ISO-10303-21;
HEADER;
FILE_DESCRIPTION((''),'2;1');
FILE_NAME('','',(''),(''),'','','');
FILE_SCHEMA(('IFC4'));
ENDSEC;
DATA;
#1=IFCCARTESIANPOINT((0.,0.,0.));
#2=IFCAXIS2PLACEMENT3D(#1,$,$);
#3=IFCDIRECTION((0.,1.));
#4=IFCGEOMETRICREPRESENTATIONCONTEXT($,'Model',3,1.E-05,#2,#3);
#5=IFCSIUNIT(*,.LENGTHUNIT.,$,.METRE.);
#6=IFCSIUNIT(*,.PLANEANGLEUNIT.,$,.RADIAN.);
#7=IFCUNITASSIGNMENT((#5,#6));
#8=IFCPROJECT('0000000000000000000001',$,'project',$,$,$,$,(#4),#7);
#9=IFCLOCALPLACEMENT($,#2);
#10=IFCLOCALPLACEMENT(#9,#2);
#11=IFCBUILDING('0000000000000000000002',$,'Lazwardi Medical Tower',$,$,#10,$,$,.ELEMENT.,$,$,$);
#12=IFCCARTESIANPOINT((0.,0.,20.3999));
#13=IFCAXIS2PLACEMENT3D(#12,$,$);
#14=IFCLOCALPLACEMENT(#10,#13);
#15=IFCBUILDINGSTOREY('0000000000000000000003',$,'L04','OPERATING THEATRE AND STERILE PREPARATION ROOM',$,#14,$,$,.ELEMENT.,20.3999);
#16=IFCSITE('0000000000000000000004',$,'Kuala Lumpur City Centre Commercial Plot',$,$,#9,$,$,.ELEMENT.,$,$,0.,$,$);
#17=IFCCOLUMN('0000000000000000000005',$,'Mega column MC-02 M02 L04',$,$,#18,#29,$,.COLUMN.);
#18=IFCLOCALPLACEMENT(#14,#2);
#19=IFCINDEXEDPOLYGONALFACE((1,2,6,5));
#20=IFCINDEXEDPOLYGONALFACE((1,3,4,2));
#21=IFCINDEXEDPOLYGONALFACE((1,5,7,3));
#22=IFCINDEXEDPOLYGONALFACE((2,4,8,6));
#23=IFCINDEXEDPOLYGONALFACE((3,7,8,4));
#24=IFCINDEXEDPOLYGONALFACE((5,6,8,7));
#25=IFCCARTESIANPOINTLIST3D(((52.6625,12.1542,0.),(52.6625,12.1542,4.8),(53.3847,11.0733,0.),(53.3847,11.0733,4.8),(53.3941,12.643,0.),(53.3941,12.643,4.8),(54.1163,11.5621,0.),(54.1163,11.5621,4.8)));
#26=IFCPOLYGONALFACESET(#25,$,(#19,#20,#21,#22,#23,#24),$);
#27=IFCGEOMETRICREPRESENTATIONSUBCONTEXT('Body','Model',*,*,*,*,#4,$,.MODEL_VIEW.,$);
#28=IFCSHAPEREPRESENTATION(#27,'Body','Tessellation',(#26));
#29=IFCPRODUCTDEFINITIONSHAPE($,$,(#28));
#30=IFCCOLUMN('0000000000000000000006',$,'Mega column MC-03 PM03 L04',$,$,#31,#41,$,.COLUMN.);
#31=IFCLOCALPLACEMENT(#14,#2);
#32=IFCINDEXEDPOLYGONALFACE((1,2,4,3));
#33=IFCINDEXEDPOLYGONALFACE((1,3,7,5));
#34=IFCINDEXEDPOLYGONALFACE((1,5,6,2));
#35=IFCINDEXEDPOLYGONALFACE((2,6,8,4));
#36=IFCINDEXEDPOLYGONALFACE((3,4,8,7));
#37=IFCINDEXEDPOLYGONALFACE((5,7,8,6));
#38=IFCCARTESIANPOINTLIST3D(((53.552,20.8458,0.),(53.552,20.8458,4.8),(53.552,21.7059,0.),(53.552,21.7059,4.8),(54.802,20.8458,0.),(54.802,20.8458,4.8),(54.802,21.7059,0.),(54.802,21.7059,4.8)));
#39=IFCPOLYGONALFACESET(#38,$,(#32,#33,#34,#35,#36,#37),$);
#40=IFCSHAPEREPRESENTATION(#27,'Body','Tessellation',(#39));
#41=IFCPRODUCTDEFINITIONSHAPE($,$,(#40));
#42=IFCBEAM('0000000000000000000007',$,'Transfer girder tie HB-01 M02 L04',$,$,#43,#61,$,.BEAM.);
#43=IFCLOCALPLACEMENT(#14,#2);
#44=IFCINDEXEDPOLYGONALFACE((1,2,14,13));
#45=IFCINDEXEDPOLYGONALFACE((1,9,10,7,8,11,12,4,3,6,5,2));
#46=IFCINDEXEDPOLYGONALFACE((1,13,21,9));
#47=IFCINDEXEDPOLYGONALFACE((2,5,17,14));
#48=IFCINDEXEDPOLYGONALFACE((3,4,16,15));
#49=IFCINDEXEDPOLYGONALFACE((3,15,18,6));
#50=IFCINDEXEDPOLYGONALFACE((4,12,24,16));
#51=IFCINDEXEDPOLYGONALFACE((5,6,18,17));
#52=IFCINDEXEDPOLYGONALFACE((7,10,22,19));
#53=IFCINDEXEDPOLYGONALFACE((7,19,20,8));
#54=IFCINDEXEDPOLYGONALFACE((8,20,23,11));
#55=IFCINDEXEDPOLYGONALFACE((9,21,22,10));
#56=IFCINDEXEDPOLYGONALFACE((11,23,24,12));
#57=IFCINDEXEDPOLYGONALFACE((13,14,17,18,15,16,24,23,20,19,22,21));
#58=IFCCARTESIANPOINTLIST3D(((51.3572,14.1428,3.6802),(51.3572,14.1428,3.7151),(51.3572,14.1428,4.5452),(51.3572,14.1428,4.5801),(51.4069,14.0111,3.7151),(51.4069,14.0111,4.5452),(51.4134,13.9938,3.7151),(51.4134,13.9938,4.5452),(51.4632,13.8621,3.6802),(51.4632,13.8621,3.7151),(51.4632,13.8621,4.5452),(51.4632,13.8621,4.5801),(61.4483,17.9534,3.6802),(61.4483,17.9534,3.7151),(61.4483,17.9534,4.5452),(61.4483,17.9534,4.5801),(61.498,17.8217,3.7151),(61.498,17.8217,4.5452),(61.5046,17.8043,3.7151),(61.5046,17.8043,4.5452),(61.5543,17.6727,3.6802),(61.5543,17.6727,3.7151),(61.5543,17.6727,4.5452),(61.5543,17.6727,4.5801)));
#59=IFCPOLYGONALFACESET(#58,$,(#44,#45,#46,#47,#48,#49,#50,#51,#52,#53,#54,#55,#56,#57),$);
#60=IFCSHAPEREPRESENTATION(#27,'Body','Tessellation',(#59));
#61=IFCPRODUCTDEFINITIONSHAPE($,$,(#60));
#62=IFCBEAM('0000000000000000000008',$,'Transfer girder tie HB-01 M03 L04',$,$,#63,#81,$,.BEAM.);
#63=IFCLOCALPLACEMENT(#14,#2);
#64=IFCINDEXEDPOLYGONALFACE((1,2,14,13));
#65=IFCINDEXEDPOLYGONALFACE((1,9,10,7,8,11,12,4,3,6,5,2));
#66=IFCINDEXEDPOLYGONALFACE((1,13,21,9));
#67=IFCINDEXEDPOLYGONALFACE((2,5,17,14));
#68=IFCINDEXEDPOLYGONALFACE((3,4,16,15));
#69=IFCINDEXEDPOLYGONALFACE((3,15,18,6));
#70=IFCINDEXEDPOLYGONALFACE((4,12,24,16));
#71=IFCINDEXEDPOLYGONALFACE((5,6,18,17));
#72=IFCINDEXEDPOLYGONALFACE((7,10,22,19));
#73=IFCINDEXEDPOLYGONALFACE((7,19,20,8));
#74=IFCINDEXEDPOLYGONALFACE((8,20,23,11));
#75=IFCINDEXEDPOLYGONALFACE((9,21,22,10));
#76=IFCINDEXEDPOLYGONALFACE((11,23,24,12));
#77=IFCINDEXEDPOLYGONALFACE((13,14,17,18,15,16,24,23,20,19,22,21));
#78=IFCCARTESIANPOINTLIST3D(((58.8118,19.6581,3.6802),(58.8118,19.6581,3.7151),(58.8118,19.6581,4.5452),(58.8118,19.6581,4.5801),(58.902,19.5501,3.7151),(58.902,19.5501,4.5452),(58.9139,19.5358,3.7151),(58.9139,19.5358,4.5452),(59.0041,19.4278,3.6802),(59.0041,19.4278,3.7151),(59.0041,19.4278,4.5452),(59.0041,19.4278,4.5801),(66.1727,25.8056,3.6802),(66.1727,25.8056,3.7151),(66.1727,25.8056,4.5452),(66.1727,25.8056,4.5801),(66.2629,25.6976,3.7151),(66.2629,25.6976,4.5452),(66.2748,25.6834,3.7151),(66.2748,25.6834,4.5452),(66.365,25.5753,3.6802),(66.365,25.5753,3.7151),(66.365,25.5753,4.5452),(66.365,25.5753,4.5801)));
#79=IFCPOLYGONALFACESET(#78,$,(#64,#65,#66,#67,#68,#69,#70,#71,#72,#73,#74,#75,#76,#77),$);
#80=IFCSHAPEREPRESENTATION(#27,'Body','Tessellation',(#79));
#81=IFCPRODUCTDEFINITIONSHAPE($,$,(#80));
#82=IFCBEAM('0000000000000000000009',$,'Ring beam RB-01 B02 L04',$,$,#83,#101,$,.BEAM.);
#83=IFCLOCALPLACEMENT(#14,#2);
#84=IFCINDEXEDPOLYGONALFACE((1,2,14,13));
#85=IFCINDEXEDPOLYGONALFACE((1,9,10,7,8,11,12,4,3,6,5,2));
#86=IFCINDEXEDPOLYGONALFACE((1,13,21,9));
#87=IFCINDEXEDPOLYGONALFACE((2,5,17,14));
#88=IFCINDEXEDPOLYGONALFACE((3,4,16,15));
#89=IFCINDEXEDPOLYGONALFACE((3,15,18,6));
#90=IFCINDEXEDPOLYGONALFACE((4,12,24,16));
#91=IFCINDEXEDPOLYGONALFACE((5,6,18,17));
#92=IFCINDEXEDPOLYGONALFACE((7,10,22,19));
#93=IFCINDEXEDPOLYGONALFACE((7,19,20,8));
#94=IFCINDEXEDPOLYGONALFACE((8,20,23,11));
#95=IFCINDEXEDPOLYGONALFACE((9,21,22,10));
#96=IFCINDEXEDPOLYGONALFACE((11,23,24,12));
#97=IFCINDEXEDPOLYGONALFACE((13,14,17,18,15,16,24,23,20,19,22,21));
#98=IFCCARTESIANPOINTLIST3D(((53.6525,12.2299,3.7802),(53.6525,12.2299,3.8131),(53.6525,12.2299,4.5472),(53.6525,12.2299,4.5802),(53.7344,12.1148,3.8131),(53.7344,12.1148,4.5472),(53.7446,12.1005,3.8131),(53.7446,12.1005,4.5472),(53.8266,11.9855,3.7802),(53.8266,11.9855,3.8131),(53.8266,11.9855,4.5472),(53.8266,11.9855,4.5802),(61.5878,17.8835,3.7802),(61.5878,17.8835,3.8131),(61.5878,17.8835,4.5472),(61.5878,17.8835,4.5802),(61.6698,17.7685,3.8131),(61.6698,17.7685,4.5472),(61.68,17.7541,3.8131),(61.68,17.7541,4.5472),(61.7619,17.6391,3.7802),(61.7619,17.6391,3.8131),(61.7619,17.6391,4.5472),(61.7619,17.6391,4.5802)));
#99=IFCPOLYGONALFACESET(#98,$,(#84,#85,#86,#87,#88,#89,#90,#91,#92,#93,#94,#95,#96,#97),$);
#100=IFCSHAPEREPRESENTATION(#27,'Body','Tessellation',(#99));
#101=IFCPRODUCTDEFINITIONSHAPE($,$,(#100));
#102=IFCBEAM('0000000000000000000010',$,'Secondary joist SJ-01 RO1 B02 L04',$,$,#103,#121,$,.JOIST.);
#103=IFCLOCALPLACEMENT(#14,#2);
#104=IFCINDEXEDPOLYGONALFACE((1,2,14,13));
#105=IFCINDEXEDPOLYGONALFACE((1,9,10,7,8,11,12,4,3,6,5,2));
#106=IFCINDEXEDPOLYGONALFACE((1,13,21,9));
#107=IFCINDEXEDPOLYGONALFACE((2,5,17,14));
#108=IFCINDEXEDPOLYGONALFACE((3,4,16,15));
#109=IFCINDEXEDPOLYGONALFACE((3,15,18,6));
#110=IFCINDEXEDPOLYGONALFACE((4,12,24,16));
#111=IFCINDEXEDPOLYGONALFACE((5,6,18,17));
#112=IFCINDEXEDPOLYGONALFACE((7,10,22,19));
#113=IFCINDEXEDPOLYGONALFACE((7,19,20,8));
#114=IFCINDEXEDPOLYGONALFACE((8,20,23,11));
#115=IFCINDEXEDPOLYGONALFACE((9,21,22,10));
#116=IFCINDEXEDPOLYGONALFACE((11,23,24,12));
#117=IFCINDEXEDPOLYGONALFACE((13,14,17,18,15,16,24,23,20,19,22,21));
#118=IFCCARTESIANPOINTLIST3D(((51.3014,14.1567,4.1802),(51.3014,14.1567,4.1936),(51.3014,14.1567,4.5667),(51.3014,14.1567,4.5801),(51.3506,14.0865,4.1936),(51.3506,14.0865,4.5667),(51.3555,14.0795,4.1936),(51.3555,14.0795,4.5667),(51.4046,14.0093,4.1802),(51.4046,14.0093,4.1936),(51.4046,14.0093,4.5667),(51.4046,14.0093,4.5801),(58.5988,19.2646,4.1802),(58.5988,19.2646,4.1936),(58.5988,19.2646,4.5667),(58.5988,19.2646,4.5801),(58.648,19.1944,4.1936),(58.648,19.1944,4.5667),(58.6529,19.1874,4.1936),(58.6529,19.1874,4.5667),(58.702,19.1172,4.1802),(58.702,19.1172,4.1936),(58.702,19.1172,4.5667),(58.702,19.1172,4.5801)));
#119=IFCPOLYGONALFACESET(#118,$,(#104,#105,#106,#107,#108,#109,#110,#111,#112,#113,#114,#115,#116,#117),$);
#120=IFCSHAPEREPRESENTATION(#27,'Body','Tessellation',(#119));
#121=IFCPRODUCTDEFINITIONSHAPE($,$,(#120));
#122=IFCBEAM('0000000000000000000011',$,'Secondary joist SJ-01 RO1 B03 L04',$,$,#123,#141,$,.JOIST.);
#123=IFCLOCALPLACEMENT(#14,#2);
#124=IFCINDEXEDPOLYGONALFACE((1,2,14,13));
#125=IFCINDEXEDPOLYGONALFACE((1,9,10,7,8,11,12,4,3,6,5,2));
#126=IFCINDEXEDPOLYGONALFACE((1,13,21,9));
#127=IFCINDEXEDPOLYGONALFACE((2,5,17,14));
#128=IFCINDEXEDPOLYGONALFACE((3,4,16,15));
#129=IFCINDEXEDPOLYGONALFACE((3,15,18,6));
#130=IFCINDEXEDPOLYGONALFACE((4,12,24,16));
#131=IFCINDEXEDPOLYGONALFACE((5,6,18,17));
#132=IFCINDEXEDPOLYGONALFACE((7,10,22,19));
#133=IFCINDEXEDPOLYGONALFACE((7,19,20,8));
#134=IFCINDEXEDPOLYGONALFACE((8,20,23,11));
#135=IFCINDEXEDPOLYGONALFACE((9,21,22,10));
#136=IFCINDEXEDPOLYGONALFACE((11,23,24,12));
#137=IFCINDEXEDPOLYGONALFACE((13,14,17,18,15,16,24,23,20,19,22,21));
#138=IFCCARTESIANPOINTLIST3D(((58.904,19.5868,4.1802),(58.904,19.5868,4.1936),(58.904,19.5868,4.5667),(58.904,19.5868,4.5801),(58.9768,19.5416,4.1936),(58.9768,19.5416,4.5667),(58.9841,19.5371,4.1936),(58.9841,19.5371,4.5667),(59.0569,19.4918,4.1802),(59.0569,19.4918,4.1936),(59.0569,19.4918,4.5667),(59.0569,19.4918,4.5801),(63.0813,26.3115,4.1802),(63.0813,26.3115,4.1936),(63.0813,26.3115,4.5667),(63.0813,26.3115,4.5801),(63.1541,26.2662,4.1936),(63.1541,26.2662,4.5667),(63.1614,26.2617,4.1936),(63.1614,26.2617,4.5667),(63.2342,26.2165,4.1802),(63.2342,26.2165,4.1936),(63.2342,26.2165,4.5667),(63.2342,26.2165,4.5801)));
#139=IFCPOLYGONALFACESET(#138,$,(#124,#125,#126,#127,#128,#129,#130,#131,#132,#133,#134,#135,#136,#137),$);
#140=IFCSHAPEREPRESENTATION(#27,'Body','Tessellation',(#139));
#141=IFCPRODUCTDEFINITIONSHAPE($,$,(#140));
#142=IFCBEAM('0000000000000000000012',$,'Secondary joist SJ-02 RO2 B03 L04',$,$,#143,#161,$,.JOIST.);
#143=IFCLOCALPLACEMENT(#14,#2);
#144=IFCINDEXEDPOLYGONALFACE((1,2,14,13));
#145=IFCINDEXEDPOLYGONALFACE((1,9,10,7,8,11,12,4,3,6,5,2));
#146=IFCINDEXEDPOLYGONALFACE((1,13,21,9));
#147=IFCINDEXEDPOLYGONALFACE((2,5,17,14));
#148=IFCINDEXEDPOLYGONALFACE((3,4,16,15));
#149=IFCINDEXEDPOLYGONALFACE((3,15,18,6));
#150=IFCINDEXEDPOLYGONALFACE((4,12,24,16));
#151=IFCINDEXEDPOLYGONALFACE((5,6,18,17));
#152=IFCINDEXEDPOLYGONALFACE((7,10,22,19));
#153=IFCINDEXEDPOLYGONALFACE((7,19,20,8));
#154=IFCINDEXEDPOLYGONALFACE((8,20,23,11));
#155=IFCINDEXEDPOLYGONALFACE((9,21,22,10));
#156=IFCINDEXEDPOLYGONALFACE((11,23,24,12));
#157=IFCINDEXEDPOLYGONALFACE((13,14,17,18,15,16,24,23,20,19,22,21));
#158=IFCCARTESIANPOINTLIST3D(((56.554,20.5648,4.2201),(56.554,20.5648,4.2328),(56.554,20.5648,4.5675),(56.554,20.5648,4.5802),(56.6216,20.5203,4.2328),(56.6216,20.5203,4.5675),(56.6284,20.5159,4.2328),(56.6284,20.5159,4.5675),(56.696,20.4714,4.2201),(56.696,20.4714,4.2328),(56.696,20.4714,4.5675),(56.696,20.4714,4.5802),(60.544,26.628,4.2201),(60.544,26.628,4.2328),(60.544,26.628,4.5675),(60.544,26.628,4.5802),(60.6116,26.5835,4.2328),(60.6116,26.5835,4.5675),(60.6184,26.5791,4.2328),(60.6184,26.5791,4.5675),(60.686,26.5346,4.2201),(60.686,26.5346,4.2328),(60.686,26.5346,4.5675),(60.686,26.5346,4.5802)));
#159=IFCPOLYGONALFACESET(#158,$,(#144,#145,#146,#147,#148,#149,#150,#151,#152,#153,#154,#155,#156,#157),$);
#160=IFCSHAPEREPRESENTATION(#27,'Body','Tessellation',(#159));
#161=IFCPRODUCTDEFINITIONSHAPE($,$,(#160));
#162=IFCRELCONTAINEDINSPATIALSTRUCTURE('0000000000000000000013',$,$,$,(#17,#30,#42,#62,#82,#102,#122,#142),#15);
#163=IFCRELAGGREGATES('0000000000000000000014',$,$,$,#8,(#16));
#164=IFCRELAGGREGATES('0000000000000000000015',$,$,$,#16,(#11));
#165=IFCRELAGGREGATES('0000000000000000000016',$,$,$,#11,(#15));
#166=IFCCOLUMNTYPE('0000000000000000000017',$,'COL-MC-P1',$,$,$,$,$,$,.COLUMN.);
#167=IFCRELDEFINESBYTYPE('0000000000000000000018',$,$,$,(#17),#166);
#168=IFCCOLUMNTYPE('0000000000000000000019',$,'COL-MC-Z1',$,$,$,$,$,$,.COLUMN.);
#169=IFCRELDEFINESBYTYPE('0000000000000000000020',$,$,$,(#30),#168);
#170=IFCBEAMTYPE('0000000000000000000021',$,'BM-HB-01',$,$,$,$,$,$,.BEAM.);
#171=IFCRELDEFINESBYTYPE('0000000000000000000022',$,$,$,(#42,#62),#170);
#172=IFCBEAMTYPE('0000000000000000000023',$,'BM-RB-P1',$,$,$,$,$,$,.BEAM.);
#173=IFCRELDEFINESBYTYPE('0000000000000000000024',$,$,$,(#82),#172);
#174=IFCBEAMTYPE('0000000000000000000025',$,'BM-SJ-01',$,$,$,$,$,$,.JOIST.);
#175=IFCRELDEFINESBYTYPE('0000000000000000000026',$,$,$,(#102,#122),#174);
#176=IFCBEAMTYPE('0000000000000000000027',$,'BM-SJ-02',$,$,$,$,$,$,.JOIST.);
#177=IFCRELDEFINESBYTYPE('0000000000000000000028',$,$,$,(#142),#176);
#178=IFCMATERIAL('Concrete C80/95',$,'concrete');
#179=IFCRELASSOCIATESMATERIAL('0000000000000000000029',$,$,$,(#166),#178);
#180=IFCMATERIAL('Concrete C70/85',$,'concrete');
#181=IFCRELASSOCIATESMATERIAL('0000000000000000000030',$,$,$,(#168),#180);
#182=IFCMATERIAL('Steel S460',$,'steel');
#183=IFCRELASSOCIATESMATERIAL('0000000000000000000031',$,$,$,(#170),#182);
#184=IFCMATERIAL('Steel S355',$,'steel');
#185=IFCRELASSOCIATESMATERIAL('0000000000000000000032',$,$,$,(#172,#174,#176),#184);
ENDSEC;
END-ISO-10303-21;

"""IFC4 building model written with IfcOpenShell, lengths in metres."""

from ifc_helpers import new_model, si_unit, direction, frame, origin, origin_2d, place, context, subcontext, project, spatial, rectangle, i_section, extrude, material, material_profile, profile_set, type_object, element, save


model = new_model("IFC4")

# Units and contexts
model_context = context("Model", 3, precision=1e-05, world=origin(), true_north=direction((0.0, 1.0)))
body_context = subcontext(model_context, "Body", "Model", "MODEL_VIEW")
ifc_project = project(units=[si_unit("LENGTHUNIT", "METRE"), si_unit("PLANEANGLEUNIT", "RADIAN")], contexts=[model_context])

# Site, building, storey
site_placement = place(None, origin())
site = spatial("IfcSite", under=ifc_project, at=site_placement, Name="Kuala Lumpur City Centre Commercial Plot", CompositionType="ELEMENT", RefElevation=0.0)
building_placement = place(site_placement, origin())
building = spatial("IfcBuilding", under=site, at=building_placement, Name="Lazwardi Medical Tower", CompositionType="ELEMENT")
storey_placement = place(building_placement, frame((0.0, 0.0, 20.3999)))
storey = spatial("IfcBuildingStorey", under=building, at=storey_placement, Name="L04", Description="OPERATING THEATRE AND STERILE PREPARATION ROOM", CompositionType="ELEMENT", Elevation=20.3999)

# Columns
ifc_material_1 = material(Name="Concrete C80/95", Category="concrete")
ifc_material_profile_1 = material_profile(ifc_material_1, rectangle(XDim=1.3, YDim=0.8799, at=origin_2d()), Name="CFT-RECT 1300x880")
ifc_profile_set_1 = profile_set([ifc_material_profile_1], Name="Concrete C80/95")
column_type_1 = type_object("IfcColumnType", Name="COL-MC-P1", PredefinedType="COLUMN", material=ifc_profile_set_1)
column_1_placement = place(storey_placement, frame((53.3894, 11.8582, 0.0), z_axis=(0.0, 0.0, 1.0), x_axis=(0.55557, -0.83147, 0.0)))
element("IfcColumn", 1, at=column_1_placement, inside=storey, type_object=column_type_1, Name="Mega column MC-02 M02 L04", PredefinedType="COLUMN", context=body_context, shape_type="SweptSolid", body=[
    extrude(rectangle(XDim=1.3, YDim=0.8799, at=origin_2d()), origin(), (0.0, 0.0, 1.0), 4.8),
])
ifc_material_2 = material(Name="Concrete C70/85", Category="concrete")
ifc_material_profile_2 = material_profile(ifc_material_2, rectangle(XDim=1.25, YDim=0.8601, at=origin_2d()), Name="CFT-RECT 1250x860")
ifc_profile_set_2 = profile_set([ifc_material_profile_2], Name="Concrete C70/85")
column_type_2 = type_object("IfcColumnType", Name="COL-MC-Z1", PredefinedType="COLUMN", material=ifc_profile_set_2)
column_2_placement = place(storey_placement, frame((54.177, 21.2759, 0.0), z_axis=(0.0, 0.0, 1.0), x_axis=(1.0, 0.0, 0.0)))
element("IfcColumn", 2, at=column_2_placement, inside=storey, type_object=column_type_2, Name="Mega column MC-03 PM03 L04", PredefinedType="COLUMN", context=body_context, shape_type="SweptSolid", body=[
    extrude(rectangle(XDim=1.25, YDim=0.8601, at=origin_2d()), origin(), (0.0, 0.0, 1.0), 4.8),
])

# Beams
ifc_material_3 = material(Name="Steel S460", Category="steel")
ifc_material_profile_3 = material_profile(ifc_material_3, i_section(OverallWidth=0.3, OverallDepth=0.8999, WebThickness=0.0186, FlangeThickness=0.0349, at=origin_2d()), Name="HEB 900")
ifc_profile_set_3 = profile_set([ifc_material_profile_3], Name="Steel S460")
beam_type_1 = type_object("IfcBeamType", Name="BM-HB-01", PredefinedType="BEAM", material=ifc_profile_set_3)
beam_1_placement = place(storey_placement, frame((51.4102, 14.0024, 4.1301), z_axis=(0.935522, 0.353268, 0.0), x_axis=(-0.353268, 0.935522, 0.0)))
element("IfcBeam", 3, at=beam_1_placement, inside=storey, type_object=beam_type_1, Name="Transfer girder tie HB-01 M02 L04", PredefinedType="BEAM", context=body_context, shape_type="SweptSolid", body=[
    extrude(i_section(OverallWidth=0.3, OverallDepth=0.8999, WebThickness=0.0186, FlangeThickness=0.0349, at=origin_2d()), origin(), (0.0, 0.0, 1.0), 10.7866),
])
beam_2_placement = place(storey_placement, frame((58.908, 19.543, 4.1301), z_axis=(0.767532, 0.64101, 0.0), x_axis=(-0.64101, 0.767532, 0.0)))
element("IfcBeam", 4, at=beam_2_placement, inside=storey, type_object=beam_type_1, Name="Transfer girder tie HB-01 M03 L04", PredefinedType="BEAM", context=body_context, shape_type="SweptSolid", body=[
    extrude(i_section(OverallWidth=0.3, OverallDepth=0.8999, WebThickness=0.0186, FlangeThickness=0.0349, at=origin_2d()), origin(), (0.0, 0.0, 1.0), 9.5903),
])
ifc_material_4 = material(Name="Steel S355", Category="steel")
ifc_material_profile_4 = material_profile(ifc_material_4, i_section(OverallWidth=0.3, OverallDepth=0.8, WebThickness=0.0176, FlangeThickness=0.033, at=origin_2d()), Name="HEB 800")
ifc_profile_set_4 = profile_set([ifc_material_profile_4], Name="Steel S355")
beam_type_2 = type_object("IfcBeamType", Name="BM-RB-P1", PredefinedType="BEAM", material=ifc_profile_set_4)
beam_3_placement = place(storey_placement, frame((53.7395, 12.1077, 4.1802), z_axis=(0.814437, 0.580252, 0.0), x_axis=(-0.580252, 0.814437, 0.0)))
element("IfcBeam", 5, at=beam_3_placement, inside=storey, type_object=beam_type_2, Name="Ring beam RB-01 B02 L04", PredefinedType="BEAM", context=body_context, shape_type="SweptSolid", body=[
    extrude(i_section(OverallWidth=0.3, OverallDepth=0.8, WebThickness=0.0176, FlangeThickness=0.033, at=origin_2d()), origin(), (0.0, 0.0, 1.0), 9.7434),
])
ifc_material_profile_5 = material_profile(ifc_material_4, i_section(OverallWidth=0.1799, OverallDepth=0.3999, WebThickness=0.0085, FlangeThickness=0.0134, at=origin_2d()), Name="IPE 400")
ifc_profile_set_5 = profile_set([ifc_material_profile_5], Name="Steel S355")
beam_type_3 = type_object("IfcBeamType", Name="BM-SJ-01", PredefinedType="JOIST", material=ifc_profile_set_5)
beam_4_placement = place(storey_placement, frame((51.353, 14.083, 4.3801), z_axis=(0.819245, 0.573444, 0.0), x_axis=(-0.573444, 0.819245, 0.0)))
element("IfcBeam", 6, at=beam_4_placement, inside=storey, type_object=beam_type_3, Name="Secondary joist SJ-01 RO1 B02 L04", PredefinedType="JOIST", context=body_context, shape_type="SweptSolid", body=[
    extrude(i_section(OverallWidth=0.1799, OverallDepth=0.3999, WebThickness=0.0085, FlangeThickness=0.0134, at=origin_2d()), origin(), (0.0, 0.0, 1.0), 8.9075),
])
beam_5_placement = place(storey_placement, frame((58.9805, 19.5393, 4.3801), z_axis=(0.527668, 0.84945, 0.0), x_axis=(-0.84945, 0.527668, 0.0)))
element("IfcBeam", 7, at=beam_5_placement, inside=storey, type_object=beam_type_3, Name="Secondary joist SJ-01 RO1 B03 L04", PredefinedType="JOIST", context=body_context, shape_type="SweptSolid", body=[
    extrude(i_section(OverallWidth=0.1799, OverallDepth=0.3999, WebThickness=0.0085, FlangeThickness=0.0134, at=origin_2d()), origin(), (0.0, 0.0, 1.0), 7.9165),
])
ifc_material_profile_6 = material_profile(ifc_material_4, i_section(OverallWidth=0.1699, OverallDepth=0.3601, WebThickness=0.0081, FlangeThickness=0.0127, at=origin_2d()), Name="IPE 360")
ifc_profile_set_6 = profile_set([ifc_material_profile_6], Name="Steel S355")
beam_type_4 = type_object("IfcBeamType", Name="BM-SJ-02", PredefinedType="JOIST", material=ifc_profile_set_6)
beam_6_placement = place(storey_placement, frame((56.625, 20.5181, 4.4001), z_axis=(0.549715, 0.835352, 0.0), x_axis=(-0.835352, 0.549715, 0.0)))
element("IfcBeam", 8, at=beam_6_placement, inside=storey, type_object=beam_type_4, Name="Secondary joist SJ-02 RO2 B03 L04", PredefinedType="JOIST", context=body_context, shape_type="SweptSolid", body=[
    extrude(i_section(OverallWidth=0.1699, OverallDepth=0.3601, WebThickness=0.0081, FlangeThickness=0.0127, at=origin_2d()), origin(), (0.0, 0.0, 1.0), 7.2583),
])

save(model, "model.ifc")
